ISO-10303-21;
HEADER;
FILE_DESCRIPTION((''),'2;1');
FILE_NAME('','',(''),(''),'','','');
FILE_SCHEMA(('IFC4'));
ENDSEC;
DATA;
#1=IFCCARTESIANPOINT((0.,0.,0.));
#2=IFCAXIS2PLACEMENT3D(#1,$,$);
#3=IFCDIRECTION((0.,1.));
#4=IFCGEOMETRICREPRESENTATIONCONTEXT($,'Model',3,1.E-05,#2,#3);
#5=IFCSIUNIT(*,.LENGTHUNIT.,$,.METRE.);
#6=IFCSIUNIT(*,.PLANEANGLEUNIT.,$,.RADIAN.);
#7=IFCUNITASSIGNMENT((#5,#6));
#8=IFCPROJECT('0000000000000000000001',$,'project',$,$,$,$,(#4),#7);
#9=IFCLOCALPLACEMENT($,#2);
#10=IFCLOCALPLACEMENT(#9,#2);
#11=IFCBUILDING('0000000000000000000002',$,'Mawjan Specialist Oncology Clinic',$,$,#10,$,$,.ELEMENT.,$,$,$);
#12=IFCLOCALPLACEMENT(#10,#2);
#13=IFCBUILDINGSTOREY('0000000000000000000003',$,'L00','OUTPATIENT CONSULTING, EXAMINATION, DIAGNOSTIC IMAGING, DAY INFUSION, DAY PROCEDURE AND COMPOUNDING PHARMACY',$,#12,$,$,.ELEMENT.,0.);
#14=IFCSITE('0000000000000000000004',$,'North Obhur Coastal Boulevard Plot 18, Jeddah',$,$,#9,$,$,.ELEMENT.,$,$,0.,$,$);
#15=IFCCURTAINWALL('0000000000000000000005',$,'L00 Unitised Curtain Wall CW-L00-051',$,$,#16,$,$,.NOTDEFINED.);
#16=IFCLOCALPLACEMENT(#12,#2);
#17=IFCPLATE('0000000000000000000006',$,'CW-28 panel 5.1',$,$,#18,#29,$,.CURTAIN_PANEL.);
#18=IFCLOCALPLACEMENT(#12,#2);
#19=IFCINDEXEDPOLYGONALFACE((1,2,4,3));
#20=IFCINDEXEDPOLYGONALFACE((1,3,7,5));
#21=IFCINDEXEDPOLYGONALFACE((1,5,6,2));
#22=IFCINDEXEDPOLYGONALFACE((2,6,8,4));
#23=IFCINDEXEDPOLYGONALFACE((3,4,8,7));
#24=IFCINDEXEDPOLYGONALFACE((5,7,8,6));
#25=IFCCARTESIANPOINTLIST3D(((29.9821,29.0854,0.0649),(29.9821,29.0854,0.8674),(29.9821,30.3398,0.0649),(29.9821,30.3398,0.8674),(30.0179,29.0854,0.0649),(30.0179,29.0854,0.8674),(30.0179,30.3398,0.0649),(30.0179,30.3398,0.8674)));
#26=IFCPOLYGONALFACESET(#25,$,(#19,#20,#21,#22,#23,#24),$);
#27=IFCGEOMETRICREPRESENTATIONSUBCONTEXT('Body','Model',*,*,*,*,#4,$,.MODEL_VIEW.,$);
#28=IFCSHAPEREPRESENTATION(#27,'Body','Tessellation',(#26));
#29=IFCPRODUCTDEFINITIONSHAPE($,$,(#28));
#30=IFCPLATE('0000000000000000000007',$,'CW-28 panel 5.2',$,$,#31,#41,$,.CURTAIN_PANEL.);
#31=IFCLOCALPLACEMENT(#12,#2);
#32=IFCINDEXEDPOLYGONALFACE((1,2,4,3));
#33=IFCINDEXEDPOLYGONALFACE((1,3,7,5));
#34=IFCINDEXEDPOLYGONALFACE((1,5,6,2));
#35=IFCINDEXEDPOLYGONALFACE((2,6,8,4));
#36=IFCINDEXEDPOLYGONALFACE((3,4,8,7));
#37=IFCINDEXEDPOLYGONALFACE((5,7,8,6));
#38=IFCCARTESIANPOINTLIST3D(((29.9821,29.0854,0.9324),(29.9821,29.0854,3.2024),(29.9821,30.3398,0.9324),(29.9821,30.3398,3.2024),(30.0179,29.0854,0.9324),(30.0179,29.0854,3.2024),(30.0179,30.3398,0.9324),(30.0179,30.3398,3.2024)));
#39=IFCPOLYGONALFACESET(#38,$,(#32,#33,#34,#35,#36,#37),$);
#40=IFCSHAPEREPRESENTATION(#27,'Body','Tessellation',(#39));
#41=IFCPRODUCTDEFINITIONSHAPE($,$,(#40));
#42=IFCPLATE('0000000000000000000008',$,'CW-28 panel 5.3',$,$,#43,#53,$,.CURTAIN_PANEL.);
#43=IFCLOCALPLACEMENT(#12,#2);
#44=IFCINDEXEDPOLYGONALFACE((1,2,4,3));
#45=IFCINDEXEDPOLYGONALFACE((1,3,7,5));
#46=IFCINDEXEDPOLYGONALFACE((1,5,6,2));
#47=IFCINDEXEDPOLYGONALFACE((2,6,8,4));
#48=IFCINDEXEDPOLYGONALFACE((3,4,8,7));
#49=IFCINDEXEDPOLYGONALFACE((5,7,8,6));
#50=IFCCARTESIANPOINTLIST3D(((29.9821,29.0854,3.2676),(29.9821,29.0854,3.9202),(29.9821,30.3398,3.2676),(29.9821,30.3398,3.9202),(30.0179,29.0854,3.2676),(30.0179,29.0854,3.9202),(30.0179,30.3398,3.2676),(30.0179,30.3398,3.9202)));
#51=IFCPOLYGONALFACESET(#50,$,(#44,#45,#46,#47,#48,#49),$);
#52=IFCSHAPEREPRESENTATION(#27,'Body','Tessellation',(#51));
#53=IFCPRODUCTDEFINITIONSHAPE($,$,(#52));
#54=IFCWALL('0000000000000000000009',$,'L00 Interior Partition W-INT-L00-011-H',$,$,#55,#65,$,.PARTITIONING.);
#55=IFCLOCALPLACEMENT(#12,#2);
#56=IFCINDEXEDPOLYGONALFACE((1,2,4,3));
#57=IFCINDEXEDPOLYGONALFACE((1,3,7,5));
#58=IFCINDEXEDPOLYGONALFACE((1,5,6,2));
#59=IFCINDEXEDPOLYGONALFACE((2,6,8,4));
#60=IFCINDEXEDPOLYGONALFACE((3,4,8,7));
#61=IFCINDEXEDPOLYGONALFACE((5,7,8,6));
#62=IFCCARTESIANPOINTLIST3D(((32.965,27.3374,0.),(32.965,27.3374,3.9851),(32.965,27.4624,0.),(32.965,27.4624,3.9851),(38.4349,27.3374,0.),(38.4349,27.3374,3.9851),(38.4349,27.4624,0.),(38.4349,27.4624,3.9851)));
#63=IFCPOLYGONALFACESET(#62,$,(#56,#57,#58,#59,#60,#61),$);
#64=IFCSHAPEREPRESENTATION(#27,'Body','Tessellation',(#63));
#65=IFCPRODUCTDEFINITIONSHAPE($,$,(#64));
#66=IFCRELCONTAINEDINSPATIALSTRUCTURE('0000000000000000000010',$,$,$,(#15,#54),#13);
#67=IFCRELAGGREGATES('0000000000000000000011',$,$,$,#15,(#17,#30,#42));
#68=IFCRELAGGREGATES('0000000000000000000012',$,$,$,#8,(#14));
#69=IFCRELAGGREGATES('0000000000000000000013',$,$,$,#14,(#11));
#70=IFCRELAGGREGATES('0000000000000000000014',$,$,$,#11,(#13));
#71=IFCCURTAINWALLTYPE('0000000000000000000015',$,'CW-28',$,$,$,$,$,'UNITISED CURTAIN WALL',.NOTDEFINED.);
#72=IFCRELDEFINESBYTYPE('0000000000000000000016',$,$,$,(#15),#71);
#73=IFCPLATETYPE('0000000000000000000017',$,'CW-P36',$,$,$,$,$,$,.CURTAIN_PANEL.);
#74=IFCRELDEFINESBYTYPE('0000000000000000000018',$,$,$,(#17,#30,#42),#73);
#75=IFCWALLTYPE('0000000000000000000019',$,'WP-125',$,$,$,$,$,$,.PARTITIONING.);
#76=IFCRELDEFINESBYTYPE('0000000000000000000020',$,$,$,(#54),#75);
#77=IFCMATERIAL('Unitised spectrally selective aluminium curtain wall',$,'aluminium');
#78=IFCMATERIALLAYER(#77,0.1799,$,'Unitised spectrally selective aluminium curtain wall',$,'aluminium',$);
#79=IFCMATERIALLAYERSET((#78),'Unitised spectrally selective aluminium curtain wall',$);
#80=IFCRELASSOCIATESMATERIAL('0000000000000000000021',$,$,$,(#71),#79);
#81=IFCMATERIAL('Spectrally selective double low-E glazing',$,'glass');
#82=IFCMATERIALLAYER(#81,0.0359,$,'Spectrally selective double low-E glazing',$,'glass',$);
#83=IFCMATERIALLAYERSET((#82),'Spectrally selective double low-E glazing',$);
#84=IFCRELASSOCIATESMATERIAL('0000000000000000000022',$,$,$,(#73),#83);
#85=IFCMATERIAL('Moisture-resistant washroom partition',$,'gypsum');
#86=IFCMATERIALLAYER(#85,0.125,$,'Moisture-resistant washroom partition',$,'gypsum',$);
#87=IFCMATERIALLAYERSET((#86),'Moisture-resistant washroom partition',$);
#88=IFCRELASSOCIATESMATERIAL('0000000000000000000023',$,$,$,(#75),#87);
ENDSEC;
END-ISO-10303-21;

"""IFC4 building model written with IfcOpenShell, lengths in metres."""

from ifc_helpers import new_model, si_unit, direction, frame, frame_2d, origin, origin_2d, place, context, subcontext, project, spatial, rectangle, extrude, material, layer, layer_set, type_object, element, aggregate, save


model = new_model("IFC4")

# Units and contexts
model_context = context("Model", 3, precision=1e-05, world=origin(), true_north=direction((0.0, 1.0)))
body_context = subcontext(model_context, "Body", "Model", "MODEL_VIEW")
ifc_project = project(units=[si_unit("LENGTHUNIT", "METRE"), si_unit("PLANEANGLEUNIT", "RADIAN")], contexts=[model_context])

# Site, building, storey
site_placement = place(None, origin())
site = spatial("IfcSite", under=ifc_project, at=site_placement, Name="North Obhur Coastal Boulevard Plot 18, Jeddah", CompositionType="ELEMENT", RefElevation=0.0)
building_placement = place(site_placement, origin())
building = spatial("IfcBuilding", under=site, at=building_placement, Name="Mawjan Specialist Oncology Clinic", CompositionType="ELEMENT")
storey_placement = place(building_placement, origin())
storey = spatial("IfcBuildingStorey", under=building, at=storey_placement, Name="L00", Description="OUTPATIENT CONSULTING, EXAMINATION, DIAGNOSTIC IMAGING, DAY INFUSION, DAY PROCEDURE AND COMPOUNDING PHARMACY", CompositionType="ELEMENT", Elevation=0.0)

# Curtain wall, plates
ifc_material_1 = material(Name="Unitised spectrally selective aluminium curtain wall", Category="aluminium")
ifc_layer_1 = layer(ifc_material_1, 0.1799, Name="Unitised spectrally selective aluminium curtain wall", Category="aluminium")
ifc_layer_set_1 = layer_set([ifc_layer_1], Name="Unitised spectrally selective aluminium curtain wall")
curtain_wall_type = type_object("IfcCurtainWallType", Name="CW-28", ElementType="UNITISED CURTAIN WALL", PredefinedType="NOTDEFINED", material=ifc_layer_set_1)
curtain_wall_placement = place(storey_placement, origin())
curtain_wall = element("IfcCurtainWall", 1, at=curtain_wall_placement, inside=storey, type_object=curtain_wall_type, Name="L00 Unitised Curtain Wall CW-L00-051", PredefinedType="NOTDEFINED")
ifc_material_2 = material(Name="Spectrally selective double low-E glazing", Category="glass")
ifc_layer_2 = layer(ifc_material_2, 0.0359, Name="Spectrally selective double low-E glazing", Category="glass")
ifc_layer_set_2 = layer_set([ifc_layer_2], Name="Spectrally selective double low-E glazing")
plate_type = type_object("IfcPlateType", Name="CW-P36", PredefinedType="CURTAIN_PANEL", material=ifc_layer_set_2)
plate_1_placement = place(storey_placement, frame((30.0, 29.7126, 0.0649), z_axis=(0.0, 0.0, 1.0), x_axis=(0.0, 1.0, 0.0)))
plate_1 = element("IfcPlate", 2, at=plate_1_placement, type_object=plate_type, Name="CW-28 panel 5.1", PredefinedType="CURTAIN_PANEL", context=body_context, shape_type="SweptSolid", body=[
    extrude(rectangle(XDim=1.2544, YDim=0.0359, at=origin_2d()), origin(), (0.0, 0.0, 1.0), 0.8025),
])
plate_2_placement = place(storey_placement, frame((30.0, 29.7126, 0.9324), z_axis=(0.0, 0.0, 1.0), x_axis=(0.0, 1.0, 0.0)))
plate_2 = element("IfcPlate", 3, at=plate_2_placement, type_object=plate_type, Name="CW-28 panel 5.2", PredefinedType="CURTAIN_PANEL", context=body_context, shape_type="SweptSolid", body=[
    extrude(rectangle(XDim=1.2544, YDim=0.0359, at=origin_2d()), origin(), (0.0, 0.0, 1.0), 2.27),
])
plate_3_placement = place(storey_placement, frame((30.0, 29.7126, 3.2676), z_axis=(0.0, 0.0, 1.0), x_axis=(0.0, 1.0, 0.0)))
plate_3 = element("IfcPlate", 4, at=plate_3_placement, type_object=plate_type, Name="CW-28 panel 5.3", PredefinedType="CURTAIN_PANEL", context=body_context, shape_type="SweptSolid", body=[
    extrude(rectangle(XDim=1.2544, YDim=0.0359, at=origin_2d()), origin(), (0.0, 0.0, 1.0), 0.6526),
])
aggregate(curtain_wall, [plate_1, plate_2, plate_3])

# Wall
ifc_material_3 = material(Name="Moisture-resistant washroom partition", Category="gypsum")
ifc_layer_3 = layer(ifc_material_3, 0.125, Name="Moisture-resistant washroom partition", Category="gypsum")
ifc_layer_set_3 = layer_set([ifc_layer_3], Name="Moisture-resistant washroom partition")
wall_type = type_object("IfcWallType", Name="WP-125", PredefinedType="PARTITIONING", material=ifc_layer_set_3)
wall_placement = place(storey_placement, frame((32.9651, 27.3999, 0.0), z_axis=(0.0, 0.0, 1.0), x_axis=(1.0, 0.0, 0.0)))
element("IfcWall", 5, at=wall_placement, inside=storey, type_object=wall_type, Name="L00 Interior Partition W-INT-L00-011-H", PredefinedType="PARTITIONING", context=body_context, shape_type="SweptSolid", body=[
    extrude(rectangle(XDim=5.47, YDim=0.125, at=frame_2d((2.7349, 0.0))), origin(), (0.0, 0.0, 1.0), 3.9851),
])

save(model, "model.ifc")
